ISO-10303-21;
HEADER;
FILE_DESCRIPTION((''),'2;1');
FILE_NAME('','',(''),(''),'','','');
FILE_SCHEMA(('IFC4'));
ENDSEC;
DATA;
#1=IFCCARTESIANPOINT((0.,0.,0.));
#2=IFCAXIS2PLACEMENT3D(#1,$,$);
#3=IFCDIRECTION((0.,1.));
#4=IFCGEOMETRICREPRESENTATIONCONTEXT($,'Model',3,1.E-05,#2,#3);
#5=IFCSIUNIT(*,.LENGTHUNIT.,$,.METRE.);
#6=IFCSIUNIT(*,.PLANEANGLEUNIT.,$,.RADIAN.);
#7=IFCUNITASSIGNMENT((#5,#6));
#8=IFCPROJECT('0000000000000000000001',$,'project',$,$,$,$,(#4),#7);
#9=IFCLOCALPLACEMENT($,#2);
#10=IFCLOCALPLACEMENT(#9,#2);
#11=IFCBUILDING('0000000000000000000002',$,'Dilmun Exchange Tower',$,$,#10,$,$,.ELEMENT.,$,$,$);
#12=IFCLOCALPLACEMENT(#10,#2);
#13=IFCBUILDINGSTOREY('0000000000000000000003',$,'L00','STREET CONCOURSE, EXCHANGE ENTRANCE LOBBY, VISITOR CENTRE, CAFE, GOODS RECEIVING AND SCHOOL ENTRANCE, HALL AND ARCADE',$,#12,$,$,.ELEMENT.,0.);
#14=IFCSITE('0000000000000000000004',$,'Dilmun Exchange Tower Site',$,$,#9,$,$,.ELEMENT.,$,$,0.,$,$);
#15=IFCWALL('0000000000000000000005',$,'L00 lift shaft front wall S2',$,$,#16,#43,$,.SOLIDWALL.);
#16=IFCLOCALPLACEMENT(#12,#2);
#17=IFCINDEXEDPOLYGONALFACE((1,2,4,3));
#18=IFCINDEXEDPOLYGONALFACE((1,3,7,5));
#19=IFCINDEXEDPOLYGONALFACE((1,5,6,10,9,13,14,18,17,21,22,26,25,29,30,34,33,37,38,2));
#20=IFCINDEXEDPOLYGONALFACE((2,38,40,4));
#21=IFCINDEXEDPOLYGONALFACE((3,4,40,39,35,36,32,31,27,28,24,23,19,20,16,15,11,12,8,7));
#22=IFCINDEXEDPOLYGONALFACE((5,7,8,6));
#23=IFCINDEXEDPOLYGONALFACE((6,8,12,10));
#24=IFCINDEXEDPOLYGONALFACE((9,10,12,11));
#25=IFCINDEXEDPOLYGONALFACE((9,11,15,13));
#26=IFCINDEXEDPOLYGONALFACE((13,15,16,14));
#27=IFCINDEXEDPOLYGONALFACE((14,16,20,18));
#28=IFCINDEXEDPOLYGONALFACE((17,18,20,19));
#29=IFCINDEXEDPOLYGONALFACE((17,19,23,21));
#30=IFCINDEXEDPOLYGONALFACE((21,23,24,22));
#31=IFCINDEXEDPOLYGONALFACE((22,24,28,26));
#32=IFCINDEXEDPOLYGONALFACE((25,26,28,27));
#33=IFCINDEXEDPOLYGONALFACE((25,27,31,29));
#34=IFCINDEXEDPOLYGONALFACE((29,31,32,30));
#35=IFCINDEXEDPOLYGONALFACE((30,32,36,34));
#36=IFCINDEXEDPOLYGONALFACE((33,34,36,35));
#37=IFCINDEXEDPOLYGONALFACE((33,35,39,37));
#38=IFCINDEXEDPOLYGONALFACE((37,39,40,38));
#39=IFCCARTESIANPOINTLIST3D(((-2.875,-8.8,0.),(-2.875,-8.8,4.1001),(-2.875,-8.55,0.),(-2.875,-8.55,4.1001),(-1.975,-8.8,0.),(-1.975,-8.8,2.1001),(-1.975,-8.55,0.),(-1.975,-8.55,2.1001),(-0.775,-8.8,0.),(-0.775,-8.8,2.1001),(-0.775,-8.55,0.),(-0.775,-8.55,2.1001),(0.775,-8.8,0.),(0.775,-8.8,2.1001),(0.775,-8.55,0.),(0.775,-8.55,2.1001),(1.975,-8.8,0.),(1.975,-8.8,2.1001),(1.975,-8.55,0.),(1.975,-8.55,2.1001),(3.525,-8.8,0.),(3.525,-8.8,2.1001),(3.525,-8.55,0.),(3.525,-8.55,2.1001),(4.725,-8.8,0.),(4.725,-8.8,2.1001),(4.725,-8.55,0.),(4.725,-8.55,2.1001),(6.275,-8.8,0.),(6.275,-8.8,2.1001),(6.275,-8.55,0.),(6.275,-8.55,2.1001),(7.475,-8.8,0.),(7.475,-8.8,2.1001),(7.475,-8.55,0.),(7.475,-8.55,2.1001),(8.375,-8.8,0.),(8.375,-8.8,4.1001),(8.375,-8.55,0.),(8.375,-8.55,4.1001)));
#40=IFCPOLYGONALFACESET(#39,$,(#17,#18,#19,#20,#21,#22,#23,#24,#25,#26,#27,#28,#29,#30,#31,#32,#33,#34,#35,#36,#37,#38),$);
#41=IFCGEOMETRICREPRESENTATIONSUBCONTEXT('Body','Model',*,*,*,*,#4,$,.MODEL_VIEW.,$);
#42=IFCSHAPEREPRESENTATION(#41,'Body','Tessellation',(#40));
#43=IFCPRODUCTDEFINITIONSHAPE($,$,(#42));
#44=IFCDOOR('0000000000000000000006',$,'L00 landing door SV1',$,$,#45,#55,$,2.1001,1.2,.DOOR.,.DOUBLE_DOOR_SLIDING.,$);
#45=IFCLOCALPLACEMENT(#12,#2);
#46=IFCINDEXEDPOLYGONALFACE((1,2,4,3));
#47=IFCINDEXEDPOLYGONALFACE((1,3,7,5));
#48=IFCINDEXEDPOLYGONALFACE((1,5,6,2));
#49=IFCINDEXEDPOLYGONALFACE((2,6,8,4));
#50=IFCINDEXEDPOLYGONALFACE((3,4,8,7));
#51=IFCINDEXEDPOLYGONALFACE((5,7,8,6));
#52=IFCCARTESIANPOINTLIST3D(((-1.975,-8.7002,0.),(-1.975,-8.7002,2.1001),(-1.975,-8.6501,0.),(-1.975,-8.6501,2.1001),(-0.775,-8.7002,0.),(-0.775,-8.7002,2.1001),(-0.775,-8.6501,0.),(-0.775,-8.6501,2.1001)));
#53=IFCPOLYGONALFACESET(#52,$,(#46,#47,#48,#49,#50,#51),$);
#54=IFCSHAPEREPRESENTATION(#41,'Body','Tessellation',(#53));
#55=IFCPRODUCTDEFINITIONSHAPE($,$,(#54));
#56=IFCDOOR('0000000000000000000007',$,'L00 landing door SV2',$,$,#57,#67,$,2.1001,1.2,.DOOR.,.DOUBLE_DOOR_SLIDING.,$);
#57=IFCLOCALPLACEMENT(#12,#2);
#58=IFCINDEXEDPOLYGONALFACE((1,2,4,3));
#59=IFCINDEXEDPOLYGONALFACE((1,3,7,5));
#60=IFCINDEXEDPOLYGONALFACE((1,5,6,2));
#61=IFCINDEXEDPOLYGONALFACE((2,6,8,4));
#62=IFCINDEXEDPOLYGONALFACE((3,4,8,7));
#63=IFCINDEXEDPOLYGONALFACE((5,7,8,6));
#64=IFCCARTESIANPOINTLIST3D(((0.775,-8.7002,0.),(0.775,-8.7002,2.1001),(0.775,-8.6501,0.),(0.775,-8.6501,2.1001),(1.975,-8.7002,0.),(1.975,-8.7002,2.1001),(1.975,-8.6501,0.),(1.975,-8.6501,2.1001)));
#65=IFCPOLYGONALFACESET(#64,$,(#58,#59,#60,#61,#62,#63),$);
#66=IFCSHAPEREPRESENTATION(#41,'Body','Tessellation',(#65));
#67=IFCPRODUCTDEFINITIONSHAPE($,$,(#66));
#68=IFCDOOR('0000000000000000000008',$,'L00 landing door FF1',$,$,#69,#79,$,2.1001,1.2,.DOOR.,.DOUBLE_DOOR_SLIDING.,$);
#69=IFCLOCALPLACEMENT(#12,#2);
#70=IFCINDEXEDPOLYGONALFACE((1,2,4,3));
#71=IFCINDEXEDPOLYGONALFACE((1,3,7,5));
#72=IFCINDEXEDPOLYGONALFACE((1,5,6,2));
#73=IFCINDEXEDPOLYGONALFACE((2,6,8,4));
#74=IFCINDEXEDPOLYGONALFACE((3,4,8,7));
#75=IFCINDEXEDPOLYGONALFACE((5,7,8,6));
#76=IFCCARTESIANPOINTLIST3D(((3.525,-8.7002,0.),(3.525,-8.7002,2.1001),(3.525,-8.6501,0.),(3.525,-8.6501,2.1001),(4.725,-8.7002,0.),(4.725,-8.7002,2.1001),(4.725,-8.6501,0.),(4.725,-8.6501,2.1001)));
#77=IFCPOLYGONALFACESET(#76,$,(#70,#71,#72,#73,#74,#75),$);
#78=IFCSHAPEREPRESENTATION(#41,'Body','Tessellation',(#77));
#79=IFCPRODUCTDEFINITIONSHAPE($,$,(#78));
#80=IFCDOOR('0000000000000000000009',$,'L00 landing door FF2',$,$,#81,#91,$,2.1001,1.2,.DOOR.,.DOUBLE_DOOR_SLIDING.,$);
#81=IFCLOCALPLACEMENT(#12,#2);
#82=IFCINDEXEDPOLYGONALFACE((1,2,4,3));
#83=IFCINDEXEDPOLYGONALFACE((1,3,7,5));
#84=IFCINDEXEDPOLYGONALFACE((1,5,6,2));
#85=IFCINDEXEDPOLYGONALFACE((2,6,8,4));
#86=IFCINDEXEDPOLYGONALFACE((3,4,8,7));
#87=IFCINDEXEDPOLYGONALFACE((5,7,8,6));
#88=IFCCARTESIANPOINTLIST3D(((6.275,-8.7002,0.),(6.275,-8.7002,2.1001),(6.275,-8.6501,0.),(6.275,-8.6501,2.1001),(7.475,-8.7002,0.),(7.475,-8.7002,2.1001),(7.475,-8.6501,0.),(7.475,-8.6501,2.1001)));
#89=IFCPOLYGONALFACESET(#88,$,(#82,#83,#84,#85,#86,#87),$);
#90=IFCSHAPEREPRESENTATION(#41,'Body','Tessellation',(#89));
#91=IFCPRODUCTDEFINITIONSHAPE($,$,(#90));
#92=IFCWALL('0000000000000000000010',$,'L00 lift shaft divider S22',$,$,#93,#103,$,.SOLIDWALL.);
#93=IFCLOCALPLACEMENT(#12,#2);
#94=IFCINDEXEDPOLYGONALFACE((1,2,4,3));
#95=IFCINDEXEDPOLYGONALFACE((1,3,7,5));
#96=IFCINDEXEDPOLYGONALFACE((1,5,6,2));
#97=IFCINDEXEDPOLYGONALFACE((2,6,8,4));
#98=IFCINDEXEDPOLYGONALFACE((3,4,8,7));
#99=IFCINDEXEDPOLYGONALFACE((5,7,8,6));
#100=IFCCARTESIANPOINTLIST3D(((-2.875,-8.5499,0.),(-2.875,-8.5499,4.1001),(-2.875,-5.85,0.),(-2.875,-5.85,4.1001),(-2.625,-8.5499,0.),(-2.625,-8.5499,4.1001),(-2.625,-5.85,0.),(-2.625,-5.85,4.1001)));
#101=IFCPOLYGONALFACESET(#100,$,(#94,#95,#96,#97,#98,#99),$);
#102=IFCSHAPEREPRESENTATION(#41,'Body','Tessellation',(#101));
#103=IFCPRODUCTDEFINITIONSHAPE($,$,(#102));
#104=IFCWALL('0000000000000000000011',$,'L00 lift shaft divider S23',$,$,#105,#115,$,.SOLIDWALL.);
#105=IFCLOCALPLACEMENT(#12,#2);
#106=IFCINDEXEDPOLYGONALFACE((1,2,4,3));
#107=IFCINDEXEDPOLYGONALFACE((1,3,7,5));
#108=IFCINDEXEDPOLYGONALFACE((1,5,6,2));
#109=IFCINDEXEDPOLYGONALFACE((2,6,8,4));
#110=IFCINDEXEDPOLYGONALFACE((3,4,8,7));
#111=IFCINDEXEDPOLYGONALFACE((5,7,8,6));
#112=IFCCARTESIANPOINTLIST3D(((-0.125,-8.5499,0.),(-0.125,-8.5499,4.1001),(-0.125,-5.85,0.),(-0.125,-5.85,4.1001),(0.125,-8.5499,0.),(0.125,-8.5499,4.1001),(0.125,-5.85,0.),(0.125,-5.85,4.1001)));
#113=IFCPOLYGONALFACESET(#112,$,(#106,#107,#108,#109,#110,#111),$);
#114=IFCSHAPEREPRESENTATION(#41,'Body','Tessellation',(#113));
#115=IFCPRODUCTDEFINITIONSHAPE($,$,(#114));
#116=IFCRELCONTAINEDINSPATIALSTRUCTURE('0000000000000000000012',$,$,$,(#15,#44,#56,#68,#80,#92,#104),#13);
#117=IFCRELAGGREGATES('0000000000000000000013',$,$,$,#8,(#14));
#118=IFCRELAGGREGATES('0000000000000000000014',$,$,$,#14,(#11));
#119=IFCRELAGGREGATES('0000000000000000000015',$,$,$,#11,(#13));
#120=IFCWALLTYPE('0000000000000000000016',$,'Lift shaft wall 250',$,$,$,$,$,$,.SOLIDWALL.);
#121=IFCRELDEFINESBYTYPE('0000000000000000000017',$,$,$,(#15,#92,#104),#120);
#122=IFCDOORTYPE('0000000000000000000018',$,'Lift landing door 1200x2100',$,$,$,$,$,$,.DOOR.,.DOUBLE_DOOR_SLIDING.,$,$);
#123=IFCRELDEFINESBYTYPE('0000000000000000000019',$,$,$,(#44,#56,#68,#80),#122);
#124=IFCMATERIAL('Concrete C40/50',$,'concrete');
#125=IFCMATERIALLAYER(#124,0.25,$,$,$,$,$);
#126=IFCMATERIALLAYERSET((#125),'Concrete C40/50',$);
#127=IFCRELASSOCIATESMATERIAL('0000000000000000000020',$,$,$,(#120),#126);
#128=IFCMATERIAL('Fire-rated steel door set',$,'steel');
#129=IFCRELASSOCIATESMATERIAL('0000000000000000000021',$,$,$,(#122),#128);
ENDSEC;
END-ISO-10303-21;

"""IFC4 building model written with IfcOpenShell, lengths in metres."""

from ifc_helpers import new_model, si_unit, direction, frame, frame_2d, origin, place, context, subcontext, project, spatial, rectangle, extrude, material, layer, layer_set, type_object, element, fill, save


model = new_model("IFC4")

# Units and contexts
model_context = context("Model", 3, precision=1e-05, world=origin(), true_north=direction((0.0, 1.0)))
body_context = subcontext(model_context, "Body", "Model", "MODEL_VIEW")
ifc_project = project(units=[si_unit("LENGTHUNIT", "METRE"), si_unit("PLANEANGLEUNIT", "RADIAN")], contexts=[model_context])

# Site, building, storey
site_placement = place(None, origin())
site = spatial("IfcSite", under=ifc_project, at=site_placement, Name="Dilmun Exchange Tower Site", CompositionType="ELEMENT", RefElevation=0.0)
building_placement = place(site_placement, origin())
building = spatial("IfcBuilding", under=site, at=building_placement, Name="Dilmun Exchange Tower", CompositionType="ELEMENT")
storey_placement = place(building_placement, origin())
storey = spatial("IfcBuildingStorey", under=building, at=storey_placement, Name="L00", Description="STREET CONCOURSE, EXCHANGE ENTRANCE LOBBY, VISITOR CENTRE, CAFE, GOODS RECEIVING AND SCHOOL ENTRANCE, HALL AND ARCADE", CompositionType="ELEMENT", Elevation=0.0)

# Shared definitions
ifc_material_1 = material(Name="Concrete C40/50", Category="concrete")
ifc_material_2 = material(Name="Fire-rated steel door set", Category="steel")

# Shared definitions
ifc_layer_1 = layer(ifc_material_1, 0.25)
ifc_layer_set_1 = layer_set([ifc_layer_1], Name="Concrete C40/50")
wall_type_1 = type_object("IfcWallType", Name="Lift shaft wall 250", PredefinedType="SOLIDWALL", material=ifc_layer_set_1)

# Wall, openings, doors
wall_1_placement = place(storey_placement, frame((-2.875, -8.675, 0.0), z_axis=(0.0, 0.0, 1.0), x_axis=(1.0, 0.0, 0.0)))
wall_1 = element("IfcWall", 1, at=wall_1_placement, inside=storey, type_object=wall_type_1, Name="L00 lift shaft front wall S2", PredefinedType="SOLIDWALL", context=body_context, shape_type="SweptSolid", body=[
    extrude(rectangle(XDim=11.25, YDim=0.25, at=frame_2d((5.625, 0.0))), origin(), (0.0, 0.0, 1.0), 4.1001),
])
opening_1_placement = place(wall_1_placement, frame((0.8999, 0.0, 0.0)))
opening_1 = element("IfcOpeningElement", 2, at=opening_1_placement, cuts=wall_1, PredefinedType="OPENING", context=body_context, shape_type="SweptSolid", body=[
    extrude(rectangle(XDim=1.2, YDim=2.1001, at=frame_2d((0.6001, 1.05))), frame((0.0, 0.135, 0.0), z_axis=(0.0, -1.0, 0.0), x_axis=(1.0, 0.0, 0.0)), (0.0, 0.0, 1.0), 0.27),
])
opening_2_placement = place(wall_1_placement, frame((3.6499, 0.0, 0.0)))
opening_2 = element("IfcOpeningElement", 3, at=opening_2_placement, cuts=wall_1, PredefinedType="OPENING", context=body_context, shape_type="SweptSolid", body=[
    extrude(rectangle(XDim=1.2, YDim=2.1001, at=frame_2d((0.6001, 1.05))), frame((0.0, 0.135, 0.0), z_axis=(0.0, -1.0, 0.0), x_axis=(1.0, 0.0, 0.0)), (0.0, 0.0, 1.0), 0.27),
])
opening_3_placement = place(wall_1_placement, frame((6.3999, 0.0, 0.0)))
opening_3 = element("IfcOpeningElement", 4, at=opening_3_placement, cuts=wall_1, PredefinedType="OPENING", context=body_context, shape_type="SweptSolid", body=[
    extrude(rectangle(XDim=1.2, YDim=2.1001, at=frame_2d((0.6001, 1.05))), frame((0.0, 0.135, 0.0), z_axis=(0.0, -1.0, 0.0), x_axis=(1.0, 0.0, 0.0)), (0.0, 0.0, 1.0), 0.27),
])
opening_4_placement = place(wall_1_placement, frame((9.1499, 0.0, 0.0)))
opening_4 = element("IfcOpeningElement", 5, at=opening_4_placement, cuts=wall_1, PredefinedType="OPENING", context=body_context, shape_type="SweptSolid", body=[
    extrude(rectangle(XDim=1.2, YDim=2.1001, at=frame_2d((0.6001, 1.05))), frame((0.0, 0.135, 0.0), z_axis=(0.0, -1.0, 0.0), x_axis=(1.0, 0.0, 0.0)), (0.0, 0.0, 1.0), 0.27),
])
door_type_1 = type_object("IfcDoorType", Name="Lift landing door 1200x2100", OperationType="DOUBLE_DOOR_SLIDING", PredefinedType="DOOR", material=ifc_material_2)
door_1_placement = place(opening_1_placement, origin())
door_1 = element("IfcDoor", 6, at=door_1_placement, inside=storey, type_object=door_type_1, Name="L00 landing door SV1", OperationType="DOUBLE_DOOR_SLIDING", OverallHeight=2.1001, OverallWidth=1.2, PredefinedType="DOOR", context=body_context, shape_type="SweptSolid", body=[
    extrude(rectangle(XDim=1.2, YDim=2.1001, at=frame_2d((0.6001, 1.05))), frame((0.0, 0.0249, 0.0), z_axis=(0.0, -1.0, 0.0), x_axis=(1.0, 0.0, 0.0)), (0.0, 0.0, 1.0), 0.05),
])
fill(opening_1, door_1)
door_2_placement = place(opening_2_placement, origin())
door_2 = element("IfcDoor", 7, at=door_2_placement, inside=storey, type_object=door_type_1, Name="L00 landing door SV2", OperationType="DOUBLE_DOOR_SLIDING", OverallHeight=2.1001, OverallWidth=1.2, PredefinedType="DOOR", context=body_context, shape_type="SweptSolid", body=[
    extrude(rectangle(XDim=1.2, YDim=2.1001, at=frame_2d((0.6001, 1.05))), frame((0.0, 0.0249, 0.0), z_axis=(0.0, -1.0, 0.0), x_axis=(1.0, 0.0, 0.0)), (0.0, 0.0, 1.0), 0.05),
])
fill(opening_2, door_2)
door_3_placement = place(opening_3_placement, origin())
door_3 = element("IfcDoor", 8, at=door_3_placement, inside=storey, type_object=door_type_1, Name="L00 landing door FF1", OperationType="DOUBLE_DOOR_SLIDING", OverallHeight=2.1001, OverallWidth=1.2, PredefinedType="DOOR", context=body_context, shape_type="SweptSolid", body=[
    extrude(rectangle(XDim=1.2, YDim=2.1001, at=frame_2d((0.6001, 1.05))), frame((0.0, 0.0249, 0.0), z_axis=(0.0, -1.0, 0.0), x_axis=(1.0, 0.0, 0.0)), (0.0, 0.0, 1.0), 0.05),
])
fill(opening_3, door_3)
door_4_placement = place(opening_4_placement, origin())
door_4 = element("IfcDoor", 9, at=door_4_placement, inside=storey, type_object=door_type_1, Name="L00 landing door FF2", OperationType="DOUBLE_DOOR_SLIDING", OverallHeight=2.1001, OverallWidth=1.2, PredefinedType="DOOR", context=body_context, shape_type="SweptSolid", body=[
    extrude(rectangle(XDim=1.2, YDim=2.1001, at=frame_2d((0.6001, 1.05))), frame((0.0, 0.0249, 0.0), z_axis=(0.0, -1.0, 0.0), x_axis=(1.0, 0.0, 0.0)), (0.0, 0.0, 1.0), 0.05),
])
fill(opening_4, door_4)

# Walls
for number, where, z_axis, x_axis, name in (
    (10, (-2.75, -8.55, 0.0), (0.0, 0.0, 1.0), (0.0, 1.0, 0.0), "L00 lift shaft divider S22"),
    (11, (0.0, -8.55, 0.0), (0.0, 0.0, 1.0), (0.0, 1.0, 0.0), "L00 lift shaft divider S23"),
):
    element("IfcWall", number, at=place(storey_placement, frame(where, z_axis=z_axis, x_axis=x_axis)), inside=storey, type_object=wall_type_1, Name=name, PredefinedType="SOLIDWALL", context=body_context, shape_type="SweptSolid", body=[
        extrude(rectangle(XDim=2.7, YDim=0.25, at=frame_2d((1.3501, 0.0))), origin(), (0.0, 0.0, 1.0), 4.1001),
    ])

save(model, "model.ifc")
